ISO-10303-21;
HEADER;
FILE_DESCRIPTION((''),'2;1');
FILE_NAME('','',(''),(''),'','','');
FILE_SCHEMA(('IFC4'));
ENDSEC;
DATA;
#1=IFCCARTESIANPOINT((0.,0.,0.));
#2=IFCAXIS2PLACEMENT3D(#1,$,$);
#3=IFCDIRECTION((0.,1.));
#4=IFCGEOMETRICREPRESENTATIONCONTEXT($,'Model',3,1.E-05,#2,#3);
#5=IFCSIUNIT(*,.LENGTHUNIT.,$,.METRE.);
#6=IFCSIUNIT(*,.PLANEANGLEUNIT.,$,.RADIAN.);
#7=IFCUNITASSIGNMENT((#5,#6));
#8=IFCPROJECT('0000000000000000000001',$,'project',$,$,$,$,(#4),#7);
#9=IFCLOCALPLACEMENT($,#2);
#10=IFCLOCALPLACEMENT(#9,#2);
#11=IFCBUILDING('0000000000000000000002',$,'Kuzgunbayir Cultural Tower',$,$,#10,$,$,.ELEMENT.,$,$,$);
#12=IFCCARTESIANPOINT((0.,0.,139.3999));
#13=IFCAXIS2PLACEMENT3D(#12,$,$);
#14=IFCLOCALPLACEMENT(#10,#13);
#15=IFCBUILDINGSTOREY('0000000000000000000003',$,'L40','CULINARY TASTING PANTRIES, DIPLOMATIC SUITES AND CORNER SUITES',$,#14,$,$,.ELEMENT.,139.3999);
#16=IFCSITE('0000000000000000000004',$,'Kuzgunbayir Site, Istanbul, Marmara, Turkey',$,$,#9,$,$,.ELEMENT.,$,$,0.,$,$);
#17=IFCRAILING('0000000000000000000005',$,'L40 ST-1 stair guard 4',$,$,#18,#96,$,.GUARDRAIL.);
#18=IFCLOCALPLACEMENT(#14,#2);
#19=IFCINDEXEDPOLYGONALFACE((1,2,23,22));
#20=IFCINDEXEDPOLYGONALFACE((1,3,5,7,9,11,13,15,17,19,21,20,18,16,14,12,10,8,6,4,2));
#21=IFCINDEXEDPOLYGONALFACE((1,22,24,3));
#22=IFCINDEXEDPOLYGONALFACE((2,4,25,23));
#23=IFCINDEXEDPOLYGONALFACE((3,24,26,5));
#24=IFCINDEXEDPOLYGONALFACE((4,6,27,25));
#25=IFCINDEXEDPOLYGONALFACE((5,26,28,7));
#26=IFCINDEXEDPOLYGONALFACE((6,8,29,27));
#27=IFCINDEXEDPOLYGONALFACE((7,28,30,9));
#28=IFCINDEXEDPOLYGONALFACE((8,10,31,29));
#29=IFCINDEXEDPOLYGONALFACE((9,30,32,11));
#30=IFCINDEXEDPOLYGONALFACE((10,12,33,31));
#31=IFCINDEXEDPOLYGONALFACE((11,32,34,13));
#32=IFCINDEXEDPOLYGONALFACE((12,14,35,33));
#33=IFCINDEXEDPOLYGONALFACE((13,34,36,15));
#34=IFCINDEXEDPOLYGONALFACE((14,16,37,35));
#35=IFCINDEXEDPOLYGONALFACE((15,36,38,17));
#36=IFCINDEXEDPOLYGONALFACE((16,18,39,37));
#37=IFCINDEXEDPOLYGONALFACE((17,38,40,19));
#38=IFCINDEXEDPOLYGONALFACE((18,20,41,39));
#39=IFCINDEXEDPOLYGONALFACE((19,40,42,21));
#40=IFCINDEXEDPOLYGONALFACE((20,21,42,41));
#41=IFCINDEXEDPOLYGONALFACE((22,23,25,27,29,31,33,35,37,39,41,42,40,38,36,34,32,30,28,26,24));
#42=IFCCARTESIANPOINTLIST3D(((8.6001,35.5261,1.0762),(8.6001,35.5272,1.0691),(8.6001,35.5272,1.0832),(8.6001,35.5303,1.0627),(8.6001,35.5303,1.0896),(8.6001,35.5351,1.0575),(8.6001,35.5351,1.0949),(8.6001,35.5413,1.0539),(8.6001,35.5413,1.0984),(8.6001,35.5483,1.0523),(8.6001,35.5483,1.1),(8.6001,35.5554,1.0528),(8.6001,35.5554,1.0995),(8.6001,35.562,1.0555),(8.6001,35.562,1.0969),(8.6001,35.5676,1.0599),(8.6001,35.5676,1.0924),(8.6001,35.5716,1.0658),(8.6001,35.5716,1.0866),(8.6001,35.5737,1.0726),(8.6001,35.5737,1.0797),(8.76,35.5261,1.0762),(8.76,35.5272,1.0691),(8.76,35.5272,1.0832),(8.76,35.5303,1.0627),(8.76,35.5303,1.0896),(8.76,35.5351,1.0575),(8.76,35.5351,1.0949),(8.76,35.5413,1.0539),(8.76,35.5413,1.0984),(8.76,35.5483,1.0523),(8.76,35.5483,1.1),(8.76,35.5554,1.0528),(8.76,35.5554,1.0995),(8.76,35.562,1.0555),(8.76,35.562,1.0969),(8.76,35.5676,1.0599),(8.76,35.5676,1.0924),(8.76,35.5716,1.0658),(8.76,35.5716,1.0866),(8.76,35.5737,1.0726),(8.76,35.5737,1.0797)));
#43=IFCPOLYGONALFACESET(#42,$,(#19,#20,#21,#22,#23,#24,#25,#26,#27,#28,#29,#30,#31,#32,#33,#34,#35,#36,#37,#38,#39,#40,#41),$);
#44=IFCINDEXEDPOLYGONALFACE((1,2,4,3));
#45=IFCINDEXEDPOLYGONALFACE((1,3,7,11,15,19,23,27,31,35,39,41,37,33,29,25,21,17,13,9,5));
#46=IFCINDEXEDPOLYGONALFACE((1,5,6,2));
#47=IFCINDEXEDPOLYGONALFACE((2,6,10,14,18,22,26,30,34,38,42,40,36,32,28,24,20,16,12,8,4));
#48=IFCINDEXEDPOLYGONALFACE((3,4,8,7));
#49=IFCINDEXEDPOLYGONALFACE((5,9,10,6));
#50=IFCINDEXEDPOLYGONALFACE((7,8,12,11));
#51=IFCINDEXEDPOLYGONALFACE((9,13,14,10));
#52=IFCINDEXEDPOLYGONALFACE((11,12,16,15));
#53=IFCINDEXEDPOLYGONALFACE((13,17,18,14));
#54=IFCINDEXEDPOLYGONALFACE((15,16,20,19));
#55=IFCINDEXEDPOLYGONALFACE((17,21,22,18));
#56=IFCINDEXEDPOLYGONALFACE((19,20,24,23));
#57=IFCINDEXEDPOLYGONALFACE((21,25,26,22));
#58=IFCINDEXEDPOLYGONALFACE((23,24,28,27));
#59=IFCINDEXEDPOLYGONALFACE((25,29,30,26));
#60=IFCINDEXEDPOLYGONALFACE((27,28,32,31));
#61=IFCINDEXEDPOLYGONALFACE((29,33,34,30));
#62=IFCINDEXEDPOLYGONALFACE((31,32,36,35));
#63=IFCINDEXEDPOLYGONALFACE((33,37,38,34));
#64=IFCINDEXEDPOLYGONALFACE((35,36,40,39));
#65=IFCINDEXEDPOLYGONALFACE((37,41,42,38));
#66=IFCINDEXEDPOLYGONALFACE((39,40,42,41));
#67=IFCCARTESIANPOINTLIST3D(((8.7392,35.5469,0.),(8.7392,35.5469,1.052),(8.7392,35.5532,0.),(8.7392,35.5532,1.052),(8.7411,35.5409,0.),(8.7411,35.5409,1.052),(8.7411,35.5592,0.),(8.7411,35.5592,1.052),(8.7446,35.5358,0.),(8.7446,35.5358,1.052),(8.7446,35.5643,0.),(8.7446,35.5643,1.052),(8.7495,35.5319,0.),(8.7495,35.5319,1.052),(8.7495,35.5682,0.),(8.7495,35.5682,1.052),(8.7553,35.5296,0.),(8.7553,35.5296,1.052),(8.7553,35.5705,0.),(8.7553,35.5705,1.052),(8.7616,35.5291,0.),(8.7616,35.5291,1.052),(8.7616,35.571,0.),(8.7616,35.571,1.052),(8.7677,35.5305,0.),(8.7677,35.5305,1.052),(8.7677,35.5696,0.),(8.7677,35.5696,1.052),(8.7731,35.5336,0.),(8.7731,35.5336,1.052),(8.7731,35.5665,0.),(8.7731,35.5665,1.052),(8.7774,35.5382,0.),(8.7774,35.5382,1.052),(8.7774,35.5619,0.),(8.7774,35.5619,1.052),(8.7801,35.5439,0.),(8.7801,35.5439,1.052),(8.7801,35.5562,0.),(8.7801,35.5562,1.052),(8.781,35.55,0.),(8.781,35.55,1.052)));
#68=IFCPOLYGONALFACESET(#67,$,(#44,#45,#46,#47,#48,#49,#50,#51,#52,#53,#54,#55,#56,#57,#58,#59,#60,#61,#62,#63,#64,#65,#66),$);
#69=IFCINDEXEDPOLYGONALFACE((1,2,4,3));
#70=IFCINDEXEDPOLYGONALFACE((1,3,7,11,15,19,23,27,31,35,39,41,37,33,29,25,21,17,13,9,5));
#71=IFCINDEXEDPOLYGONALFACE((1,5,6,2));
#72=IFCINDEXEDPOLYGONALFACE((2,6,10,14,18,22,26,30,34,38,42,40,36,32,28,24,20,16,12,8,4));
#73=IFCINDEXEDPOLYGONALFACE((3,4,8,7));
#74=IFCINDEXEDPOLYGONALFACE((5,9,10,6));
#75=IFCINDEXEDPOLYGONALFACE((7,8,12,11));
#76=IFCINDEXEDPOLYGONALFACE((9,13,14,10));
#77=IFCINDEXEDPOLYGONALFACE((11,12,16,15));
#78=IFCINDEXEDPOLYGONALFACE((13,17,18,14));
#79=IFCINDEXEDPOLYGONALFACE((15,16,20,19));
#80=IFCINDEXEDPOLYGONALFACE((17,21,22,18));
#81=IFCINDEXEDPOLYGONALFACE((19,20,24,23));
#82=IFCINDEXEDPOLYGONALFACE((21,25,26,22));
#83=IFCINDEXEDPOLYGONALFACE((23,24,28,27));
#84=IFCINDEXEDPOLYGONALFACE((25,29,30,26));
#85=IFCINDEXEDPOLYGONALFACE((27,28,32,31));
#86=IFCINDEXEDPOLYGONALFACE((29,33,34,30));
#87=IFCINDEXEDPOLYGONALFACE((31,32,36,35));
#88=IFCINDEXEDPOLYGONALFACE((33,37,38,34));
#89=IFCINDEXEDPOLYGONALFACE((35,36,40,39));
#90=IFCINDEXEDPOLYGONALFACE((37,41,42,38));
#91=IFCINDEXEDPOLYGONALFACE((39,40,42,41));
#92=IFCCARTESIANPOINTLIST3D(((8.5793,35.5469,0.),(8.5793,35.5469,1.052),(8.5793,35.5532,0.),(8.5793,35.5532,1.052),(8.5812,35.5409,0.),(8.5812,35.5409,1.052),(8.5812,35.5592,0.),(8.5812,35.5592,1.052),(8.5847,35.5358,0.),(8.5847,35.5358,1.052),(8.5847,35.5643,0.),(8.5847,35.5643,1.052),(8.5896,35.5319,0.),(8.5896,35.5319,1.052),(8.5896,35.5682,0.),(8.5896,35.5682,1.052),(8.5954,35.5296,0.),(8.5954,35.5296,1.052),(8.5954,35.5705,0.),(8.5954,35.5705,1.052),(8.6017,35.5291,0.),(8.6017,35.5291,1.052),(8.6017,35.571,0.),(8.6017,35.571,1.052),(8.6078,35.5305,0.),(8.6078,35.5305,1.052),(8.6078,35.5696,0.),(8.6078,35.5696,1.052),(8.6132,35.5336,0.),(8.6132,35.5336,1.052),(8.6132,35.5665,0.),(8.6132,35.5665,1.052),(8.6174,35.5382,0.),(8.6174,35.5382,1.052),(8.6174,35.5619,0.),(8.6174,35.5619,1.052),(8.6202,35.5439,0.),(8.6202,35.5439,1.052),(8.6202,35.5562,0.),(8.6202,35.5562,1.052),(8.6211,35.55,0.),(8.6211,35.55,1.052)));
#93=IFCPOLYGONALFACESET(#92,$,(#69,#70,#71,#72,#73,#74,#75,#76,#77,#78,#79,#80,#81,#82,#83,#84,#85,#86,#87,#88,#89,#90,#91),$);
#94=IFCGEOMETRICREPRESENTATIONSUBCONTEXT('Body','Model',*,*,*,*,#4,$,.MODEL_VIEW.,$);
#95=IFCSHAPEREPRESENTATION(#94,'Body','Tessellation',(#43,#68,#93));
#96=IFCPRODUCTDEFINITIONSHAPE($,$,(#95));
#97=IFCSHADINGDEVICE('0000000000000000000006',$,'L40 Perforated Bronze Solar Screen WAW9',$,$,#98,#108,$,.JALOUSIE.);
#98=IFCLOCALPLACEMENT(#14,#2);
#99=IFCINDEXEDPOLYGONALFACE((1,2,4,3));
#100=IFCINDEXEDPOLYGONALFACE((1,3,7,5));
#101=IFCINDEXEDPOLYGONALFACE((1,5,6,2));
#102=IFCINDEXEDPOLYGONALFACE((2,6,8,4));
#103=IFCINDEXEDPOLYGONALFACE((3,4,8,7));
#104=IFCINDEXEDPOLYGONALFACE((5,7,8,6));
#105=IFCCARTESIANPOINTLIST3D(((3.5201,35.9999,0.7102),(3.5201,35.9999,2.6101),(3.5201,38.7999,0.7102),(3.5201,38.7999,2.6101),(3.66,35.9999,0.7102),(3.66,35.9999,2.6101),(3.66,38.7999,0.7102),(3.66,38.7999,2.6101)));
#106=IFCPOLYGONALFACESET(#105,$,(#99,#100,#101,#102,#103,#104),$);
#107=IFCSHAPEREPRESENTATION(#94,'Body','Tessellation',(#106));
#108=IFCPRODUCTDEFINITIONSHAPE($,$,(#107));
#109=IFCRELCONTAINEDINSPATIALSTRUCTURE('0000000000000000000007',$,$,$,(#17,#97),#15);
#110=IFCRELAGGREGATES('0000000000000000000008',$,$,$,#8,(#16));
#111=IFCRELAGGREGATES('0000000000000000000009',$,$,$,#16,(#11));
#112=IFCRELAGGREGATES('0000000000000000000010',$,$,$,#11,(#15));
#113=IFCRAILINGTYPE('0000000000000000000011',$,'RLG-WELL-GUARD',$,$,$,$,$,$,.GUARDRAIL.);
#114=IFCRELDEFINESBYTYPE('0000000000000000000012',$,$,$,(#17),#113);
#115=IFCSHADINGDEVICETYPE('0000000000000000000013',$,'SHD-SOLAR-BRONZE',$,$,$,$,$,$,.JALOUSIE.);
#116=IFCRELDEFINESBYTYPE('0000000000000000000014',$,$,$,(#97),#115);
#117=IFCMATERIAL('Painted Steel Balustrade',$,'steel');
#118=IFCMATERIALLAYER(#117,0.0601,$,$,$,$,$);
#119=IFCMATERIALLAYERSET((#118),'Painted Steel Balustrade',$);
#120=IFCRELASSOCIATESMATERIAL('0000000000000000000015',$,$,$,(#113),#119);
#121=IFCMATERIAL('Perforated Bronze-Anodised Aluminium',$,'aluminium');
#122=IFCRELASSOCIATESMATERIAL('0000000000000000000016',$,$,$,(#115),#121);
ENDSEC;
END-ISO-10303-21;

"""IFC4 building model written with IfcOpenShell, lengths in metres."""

from ifc_helpers import new_model, si_unit, direction, frame, origin, origin_2d, place, context, subcontext, project, spatial, rectangle, circle, extrude, material, layer, layer_set, type_object, element, save


model = new_model("IFC4")

# Units and contexts
model_context = context("Model", 3, precision=1e-05, world=origin(), true_north=direction((0.0, 1.0)))
body_context = subcontext(model_context, "Body", "Model", "MODEL_VIEW")
ifc_project = project(units=[si_unit("LENGTHUNIT", "METRE"), si_unit("PLANEANGLEUNIT", "RADIAN")], contexts=[model_context])

# Site, building, storey
site_placement = place(None, origin())
site = spatial("IfcSite", under=ifc_project, at=site_placement, Name="Kuzgunbayir Site, Istanbul, Marmara, Turkey", CompositionType="ELEMENT", RefElevation=0.0)
building_placement = place(site_placement, origin())
building = spatial("IfcBuilding", under=site, at=building_placement, Name="Kuzgunbayir Cultural Tower", CompositionType="ELEMENT")
storey_placement = place(building_placement, frame((0.0, 0.0, 139.3999)))
storey = spatial("IfcBuildingStorey", under=building, at=storey_placement, Name="L40", Description="CULINARY TASTING PANTRIES, DIPLOMATIC SUITES AND CORNER SUITES", CompositionType="ELEMENT", Elevation=139.3999)

# Railing
ifc_material_1 = material(Name="Painted Steel Balustrade", Category="steel")
ifc_layer_1 = layer(ifc_material_1, 0.0601)
ifc_layer_set_1 = layer_set([ifc_layer_1], Name="Painted Steel Balustrade")
railing_type_1 = type_object("IfcRailingType", Name="RLG-WELL-GUARD", PredefinedType="GUARDRAIL", material=ifc_layer_set_1)
railing_1_placement = place(storey_placement, frame((8.76, 35.55, 0.0)))
element("IfcRailing", 1, at=railing_1_placement, inside=storey, type_object=railing_type_1, Name="L40 ST-1 stair guard 4", PredefinedType="GUARDRAIL", context=body_context, shape_type="SweptSolid", body=[
    extrude(circle(Radius=0.0239, at=origin_2d()), frame((0.0, 0.0, 1.0762), z_axis=(-1.0, 0.0, 0.0), x_axis=(0.0, -1.0, 0.0)), (0.0, 0.0, 1.0), 0.1599),
    extrude(circle(Radius=0.021, at=origin_2d()), origin(), (0.0, 0.0, 1.0), 1.052),
    extrude(circle(Radius=0.021, at=origin_2d()), frame((-0.1599, 0.0, 0.0)), (0.0, 0.0, 1.0), 1.052),
])

# Shading device
ifc_material_2 = material(Name="Perforated Bronze-Anodised Aluminium", Category="aluminium")
shading_device_type = type_object("IfcShadingDeviceType", Name="SHD-SOLAR-BRONZE", PredefinedType="JALOUSIE", material=ifc_material_2)
shading_device_placement = place(storey_placement, frame((3.5901, 37.3999, 0.7102), z_axis=(0.0, 0.0, 1.0), x_axis=(1.0, 0.0, 0.0)))
element("IfcShadingDevice", 2, at=shading_device_placement, inside=storey, type_object=shading_device_type, Name="L40 Perforated Bronze Solar Screen WAW9", PredefinedType="JALOUSIE", context=body_context, shape_type="SweptSolid", body=[
    extrude(rectangle(XDim=0.1399, YDim=2.8, at=origin_2d()), origin(), (0.0, 0.0, 1.0), 1.8999),
])

save(model, "model.ifc")
